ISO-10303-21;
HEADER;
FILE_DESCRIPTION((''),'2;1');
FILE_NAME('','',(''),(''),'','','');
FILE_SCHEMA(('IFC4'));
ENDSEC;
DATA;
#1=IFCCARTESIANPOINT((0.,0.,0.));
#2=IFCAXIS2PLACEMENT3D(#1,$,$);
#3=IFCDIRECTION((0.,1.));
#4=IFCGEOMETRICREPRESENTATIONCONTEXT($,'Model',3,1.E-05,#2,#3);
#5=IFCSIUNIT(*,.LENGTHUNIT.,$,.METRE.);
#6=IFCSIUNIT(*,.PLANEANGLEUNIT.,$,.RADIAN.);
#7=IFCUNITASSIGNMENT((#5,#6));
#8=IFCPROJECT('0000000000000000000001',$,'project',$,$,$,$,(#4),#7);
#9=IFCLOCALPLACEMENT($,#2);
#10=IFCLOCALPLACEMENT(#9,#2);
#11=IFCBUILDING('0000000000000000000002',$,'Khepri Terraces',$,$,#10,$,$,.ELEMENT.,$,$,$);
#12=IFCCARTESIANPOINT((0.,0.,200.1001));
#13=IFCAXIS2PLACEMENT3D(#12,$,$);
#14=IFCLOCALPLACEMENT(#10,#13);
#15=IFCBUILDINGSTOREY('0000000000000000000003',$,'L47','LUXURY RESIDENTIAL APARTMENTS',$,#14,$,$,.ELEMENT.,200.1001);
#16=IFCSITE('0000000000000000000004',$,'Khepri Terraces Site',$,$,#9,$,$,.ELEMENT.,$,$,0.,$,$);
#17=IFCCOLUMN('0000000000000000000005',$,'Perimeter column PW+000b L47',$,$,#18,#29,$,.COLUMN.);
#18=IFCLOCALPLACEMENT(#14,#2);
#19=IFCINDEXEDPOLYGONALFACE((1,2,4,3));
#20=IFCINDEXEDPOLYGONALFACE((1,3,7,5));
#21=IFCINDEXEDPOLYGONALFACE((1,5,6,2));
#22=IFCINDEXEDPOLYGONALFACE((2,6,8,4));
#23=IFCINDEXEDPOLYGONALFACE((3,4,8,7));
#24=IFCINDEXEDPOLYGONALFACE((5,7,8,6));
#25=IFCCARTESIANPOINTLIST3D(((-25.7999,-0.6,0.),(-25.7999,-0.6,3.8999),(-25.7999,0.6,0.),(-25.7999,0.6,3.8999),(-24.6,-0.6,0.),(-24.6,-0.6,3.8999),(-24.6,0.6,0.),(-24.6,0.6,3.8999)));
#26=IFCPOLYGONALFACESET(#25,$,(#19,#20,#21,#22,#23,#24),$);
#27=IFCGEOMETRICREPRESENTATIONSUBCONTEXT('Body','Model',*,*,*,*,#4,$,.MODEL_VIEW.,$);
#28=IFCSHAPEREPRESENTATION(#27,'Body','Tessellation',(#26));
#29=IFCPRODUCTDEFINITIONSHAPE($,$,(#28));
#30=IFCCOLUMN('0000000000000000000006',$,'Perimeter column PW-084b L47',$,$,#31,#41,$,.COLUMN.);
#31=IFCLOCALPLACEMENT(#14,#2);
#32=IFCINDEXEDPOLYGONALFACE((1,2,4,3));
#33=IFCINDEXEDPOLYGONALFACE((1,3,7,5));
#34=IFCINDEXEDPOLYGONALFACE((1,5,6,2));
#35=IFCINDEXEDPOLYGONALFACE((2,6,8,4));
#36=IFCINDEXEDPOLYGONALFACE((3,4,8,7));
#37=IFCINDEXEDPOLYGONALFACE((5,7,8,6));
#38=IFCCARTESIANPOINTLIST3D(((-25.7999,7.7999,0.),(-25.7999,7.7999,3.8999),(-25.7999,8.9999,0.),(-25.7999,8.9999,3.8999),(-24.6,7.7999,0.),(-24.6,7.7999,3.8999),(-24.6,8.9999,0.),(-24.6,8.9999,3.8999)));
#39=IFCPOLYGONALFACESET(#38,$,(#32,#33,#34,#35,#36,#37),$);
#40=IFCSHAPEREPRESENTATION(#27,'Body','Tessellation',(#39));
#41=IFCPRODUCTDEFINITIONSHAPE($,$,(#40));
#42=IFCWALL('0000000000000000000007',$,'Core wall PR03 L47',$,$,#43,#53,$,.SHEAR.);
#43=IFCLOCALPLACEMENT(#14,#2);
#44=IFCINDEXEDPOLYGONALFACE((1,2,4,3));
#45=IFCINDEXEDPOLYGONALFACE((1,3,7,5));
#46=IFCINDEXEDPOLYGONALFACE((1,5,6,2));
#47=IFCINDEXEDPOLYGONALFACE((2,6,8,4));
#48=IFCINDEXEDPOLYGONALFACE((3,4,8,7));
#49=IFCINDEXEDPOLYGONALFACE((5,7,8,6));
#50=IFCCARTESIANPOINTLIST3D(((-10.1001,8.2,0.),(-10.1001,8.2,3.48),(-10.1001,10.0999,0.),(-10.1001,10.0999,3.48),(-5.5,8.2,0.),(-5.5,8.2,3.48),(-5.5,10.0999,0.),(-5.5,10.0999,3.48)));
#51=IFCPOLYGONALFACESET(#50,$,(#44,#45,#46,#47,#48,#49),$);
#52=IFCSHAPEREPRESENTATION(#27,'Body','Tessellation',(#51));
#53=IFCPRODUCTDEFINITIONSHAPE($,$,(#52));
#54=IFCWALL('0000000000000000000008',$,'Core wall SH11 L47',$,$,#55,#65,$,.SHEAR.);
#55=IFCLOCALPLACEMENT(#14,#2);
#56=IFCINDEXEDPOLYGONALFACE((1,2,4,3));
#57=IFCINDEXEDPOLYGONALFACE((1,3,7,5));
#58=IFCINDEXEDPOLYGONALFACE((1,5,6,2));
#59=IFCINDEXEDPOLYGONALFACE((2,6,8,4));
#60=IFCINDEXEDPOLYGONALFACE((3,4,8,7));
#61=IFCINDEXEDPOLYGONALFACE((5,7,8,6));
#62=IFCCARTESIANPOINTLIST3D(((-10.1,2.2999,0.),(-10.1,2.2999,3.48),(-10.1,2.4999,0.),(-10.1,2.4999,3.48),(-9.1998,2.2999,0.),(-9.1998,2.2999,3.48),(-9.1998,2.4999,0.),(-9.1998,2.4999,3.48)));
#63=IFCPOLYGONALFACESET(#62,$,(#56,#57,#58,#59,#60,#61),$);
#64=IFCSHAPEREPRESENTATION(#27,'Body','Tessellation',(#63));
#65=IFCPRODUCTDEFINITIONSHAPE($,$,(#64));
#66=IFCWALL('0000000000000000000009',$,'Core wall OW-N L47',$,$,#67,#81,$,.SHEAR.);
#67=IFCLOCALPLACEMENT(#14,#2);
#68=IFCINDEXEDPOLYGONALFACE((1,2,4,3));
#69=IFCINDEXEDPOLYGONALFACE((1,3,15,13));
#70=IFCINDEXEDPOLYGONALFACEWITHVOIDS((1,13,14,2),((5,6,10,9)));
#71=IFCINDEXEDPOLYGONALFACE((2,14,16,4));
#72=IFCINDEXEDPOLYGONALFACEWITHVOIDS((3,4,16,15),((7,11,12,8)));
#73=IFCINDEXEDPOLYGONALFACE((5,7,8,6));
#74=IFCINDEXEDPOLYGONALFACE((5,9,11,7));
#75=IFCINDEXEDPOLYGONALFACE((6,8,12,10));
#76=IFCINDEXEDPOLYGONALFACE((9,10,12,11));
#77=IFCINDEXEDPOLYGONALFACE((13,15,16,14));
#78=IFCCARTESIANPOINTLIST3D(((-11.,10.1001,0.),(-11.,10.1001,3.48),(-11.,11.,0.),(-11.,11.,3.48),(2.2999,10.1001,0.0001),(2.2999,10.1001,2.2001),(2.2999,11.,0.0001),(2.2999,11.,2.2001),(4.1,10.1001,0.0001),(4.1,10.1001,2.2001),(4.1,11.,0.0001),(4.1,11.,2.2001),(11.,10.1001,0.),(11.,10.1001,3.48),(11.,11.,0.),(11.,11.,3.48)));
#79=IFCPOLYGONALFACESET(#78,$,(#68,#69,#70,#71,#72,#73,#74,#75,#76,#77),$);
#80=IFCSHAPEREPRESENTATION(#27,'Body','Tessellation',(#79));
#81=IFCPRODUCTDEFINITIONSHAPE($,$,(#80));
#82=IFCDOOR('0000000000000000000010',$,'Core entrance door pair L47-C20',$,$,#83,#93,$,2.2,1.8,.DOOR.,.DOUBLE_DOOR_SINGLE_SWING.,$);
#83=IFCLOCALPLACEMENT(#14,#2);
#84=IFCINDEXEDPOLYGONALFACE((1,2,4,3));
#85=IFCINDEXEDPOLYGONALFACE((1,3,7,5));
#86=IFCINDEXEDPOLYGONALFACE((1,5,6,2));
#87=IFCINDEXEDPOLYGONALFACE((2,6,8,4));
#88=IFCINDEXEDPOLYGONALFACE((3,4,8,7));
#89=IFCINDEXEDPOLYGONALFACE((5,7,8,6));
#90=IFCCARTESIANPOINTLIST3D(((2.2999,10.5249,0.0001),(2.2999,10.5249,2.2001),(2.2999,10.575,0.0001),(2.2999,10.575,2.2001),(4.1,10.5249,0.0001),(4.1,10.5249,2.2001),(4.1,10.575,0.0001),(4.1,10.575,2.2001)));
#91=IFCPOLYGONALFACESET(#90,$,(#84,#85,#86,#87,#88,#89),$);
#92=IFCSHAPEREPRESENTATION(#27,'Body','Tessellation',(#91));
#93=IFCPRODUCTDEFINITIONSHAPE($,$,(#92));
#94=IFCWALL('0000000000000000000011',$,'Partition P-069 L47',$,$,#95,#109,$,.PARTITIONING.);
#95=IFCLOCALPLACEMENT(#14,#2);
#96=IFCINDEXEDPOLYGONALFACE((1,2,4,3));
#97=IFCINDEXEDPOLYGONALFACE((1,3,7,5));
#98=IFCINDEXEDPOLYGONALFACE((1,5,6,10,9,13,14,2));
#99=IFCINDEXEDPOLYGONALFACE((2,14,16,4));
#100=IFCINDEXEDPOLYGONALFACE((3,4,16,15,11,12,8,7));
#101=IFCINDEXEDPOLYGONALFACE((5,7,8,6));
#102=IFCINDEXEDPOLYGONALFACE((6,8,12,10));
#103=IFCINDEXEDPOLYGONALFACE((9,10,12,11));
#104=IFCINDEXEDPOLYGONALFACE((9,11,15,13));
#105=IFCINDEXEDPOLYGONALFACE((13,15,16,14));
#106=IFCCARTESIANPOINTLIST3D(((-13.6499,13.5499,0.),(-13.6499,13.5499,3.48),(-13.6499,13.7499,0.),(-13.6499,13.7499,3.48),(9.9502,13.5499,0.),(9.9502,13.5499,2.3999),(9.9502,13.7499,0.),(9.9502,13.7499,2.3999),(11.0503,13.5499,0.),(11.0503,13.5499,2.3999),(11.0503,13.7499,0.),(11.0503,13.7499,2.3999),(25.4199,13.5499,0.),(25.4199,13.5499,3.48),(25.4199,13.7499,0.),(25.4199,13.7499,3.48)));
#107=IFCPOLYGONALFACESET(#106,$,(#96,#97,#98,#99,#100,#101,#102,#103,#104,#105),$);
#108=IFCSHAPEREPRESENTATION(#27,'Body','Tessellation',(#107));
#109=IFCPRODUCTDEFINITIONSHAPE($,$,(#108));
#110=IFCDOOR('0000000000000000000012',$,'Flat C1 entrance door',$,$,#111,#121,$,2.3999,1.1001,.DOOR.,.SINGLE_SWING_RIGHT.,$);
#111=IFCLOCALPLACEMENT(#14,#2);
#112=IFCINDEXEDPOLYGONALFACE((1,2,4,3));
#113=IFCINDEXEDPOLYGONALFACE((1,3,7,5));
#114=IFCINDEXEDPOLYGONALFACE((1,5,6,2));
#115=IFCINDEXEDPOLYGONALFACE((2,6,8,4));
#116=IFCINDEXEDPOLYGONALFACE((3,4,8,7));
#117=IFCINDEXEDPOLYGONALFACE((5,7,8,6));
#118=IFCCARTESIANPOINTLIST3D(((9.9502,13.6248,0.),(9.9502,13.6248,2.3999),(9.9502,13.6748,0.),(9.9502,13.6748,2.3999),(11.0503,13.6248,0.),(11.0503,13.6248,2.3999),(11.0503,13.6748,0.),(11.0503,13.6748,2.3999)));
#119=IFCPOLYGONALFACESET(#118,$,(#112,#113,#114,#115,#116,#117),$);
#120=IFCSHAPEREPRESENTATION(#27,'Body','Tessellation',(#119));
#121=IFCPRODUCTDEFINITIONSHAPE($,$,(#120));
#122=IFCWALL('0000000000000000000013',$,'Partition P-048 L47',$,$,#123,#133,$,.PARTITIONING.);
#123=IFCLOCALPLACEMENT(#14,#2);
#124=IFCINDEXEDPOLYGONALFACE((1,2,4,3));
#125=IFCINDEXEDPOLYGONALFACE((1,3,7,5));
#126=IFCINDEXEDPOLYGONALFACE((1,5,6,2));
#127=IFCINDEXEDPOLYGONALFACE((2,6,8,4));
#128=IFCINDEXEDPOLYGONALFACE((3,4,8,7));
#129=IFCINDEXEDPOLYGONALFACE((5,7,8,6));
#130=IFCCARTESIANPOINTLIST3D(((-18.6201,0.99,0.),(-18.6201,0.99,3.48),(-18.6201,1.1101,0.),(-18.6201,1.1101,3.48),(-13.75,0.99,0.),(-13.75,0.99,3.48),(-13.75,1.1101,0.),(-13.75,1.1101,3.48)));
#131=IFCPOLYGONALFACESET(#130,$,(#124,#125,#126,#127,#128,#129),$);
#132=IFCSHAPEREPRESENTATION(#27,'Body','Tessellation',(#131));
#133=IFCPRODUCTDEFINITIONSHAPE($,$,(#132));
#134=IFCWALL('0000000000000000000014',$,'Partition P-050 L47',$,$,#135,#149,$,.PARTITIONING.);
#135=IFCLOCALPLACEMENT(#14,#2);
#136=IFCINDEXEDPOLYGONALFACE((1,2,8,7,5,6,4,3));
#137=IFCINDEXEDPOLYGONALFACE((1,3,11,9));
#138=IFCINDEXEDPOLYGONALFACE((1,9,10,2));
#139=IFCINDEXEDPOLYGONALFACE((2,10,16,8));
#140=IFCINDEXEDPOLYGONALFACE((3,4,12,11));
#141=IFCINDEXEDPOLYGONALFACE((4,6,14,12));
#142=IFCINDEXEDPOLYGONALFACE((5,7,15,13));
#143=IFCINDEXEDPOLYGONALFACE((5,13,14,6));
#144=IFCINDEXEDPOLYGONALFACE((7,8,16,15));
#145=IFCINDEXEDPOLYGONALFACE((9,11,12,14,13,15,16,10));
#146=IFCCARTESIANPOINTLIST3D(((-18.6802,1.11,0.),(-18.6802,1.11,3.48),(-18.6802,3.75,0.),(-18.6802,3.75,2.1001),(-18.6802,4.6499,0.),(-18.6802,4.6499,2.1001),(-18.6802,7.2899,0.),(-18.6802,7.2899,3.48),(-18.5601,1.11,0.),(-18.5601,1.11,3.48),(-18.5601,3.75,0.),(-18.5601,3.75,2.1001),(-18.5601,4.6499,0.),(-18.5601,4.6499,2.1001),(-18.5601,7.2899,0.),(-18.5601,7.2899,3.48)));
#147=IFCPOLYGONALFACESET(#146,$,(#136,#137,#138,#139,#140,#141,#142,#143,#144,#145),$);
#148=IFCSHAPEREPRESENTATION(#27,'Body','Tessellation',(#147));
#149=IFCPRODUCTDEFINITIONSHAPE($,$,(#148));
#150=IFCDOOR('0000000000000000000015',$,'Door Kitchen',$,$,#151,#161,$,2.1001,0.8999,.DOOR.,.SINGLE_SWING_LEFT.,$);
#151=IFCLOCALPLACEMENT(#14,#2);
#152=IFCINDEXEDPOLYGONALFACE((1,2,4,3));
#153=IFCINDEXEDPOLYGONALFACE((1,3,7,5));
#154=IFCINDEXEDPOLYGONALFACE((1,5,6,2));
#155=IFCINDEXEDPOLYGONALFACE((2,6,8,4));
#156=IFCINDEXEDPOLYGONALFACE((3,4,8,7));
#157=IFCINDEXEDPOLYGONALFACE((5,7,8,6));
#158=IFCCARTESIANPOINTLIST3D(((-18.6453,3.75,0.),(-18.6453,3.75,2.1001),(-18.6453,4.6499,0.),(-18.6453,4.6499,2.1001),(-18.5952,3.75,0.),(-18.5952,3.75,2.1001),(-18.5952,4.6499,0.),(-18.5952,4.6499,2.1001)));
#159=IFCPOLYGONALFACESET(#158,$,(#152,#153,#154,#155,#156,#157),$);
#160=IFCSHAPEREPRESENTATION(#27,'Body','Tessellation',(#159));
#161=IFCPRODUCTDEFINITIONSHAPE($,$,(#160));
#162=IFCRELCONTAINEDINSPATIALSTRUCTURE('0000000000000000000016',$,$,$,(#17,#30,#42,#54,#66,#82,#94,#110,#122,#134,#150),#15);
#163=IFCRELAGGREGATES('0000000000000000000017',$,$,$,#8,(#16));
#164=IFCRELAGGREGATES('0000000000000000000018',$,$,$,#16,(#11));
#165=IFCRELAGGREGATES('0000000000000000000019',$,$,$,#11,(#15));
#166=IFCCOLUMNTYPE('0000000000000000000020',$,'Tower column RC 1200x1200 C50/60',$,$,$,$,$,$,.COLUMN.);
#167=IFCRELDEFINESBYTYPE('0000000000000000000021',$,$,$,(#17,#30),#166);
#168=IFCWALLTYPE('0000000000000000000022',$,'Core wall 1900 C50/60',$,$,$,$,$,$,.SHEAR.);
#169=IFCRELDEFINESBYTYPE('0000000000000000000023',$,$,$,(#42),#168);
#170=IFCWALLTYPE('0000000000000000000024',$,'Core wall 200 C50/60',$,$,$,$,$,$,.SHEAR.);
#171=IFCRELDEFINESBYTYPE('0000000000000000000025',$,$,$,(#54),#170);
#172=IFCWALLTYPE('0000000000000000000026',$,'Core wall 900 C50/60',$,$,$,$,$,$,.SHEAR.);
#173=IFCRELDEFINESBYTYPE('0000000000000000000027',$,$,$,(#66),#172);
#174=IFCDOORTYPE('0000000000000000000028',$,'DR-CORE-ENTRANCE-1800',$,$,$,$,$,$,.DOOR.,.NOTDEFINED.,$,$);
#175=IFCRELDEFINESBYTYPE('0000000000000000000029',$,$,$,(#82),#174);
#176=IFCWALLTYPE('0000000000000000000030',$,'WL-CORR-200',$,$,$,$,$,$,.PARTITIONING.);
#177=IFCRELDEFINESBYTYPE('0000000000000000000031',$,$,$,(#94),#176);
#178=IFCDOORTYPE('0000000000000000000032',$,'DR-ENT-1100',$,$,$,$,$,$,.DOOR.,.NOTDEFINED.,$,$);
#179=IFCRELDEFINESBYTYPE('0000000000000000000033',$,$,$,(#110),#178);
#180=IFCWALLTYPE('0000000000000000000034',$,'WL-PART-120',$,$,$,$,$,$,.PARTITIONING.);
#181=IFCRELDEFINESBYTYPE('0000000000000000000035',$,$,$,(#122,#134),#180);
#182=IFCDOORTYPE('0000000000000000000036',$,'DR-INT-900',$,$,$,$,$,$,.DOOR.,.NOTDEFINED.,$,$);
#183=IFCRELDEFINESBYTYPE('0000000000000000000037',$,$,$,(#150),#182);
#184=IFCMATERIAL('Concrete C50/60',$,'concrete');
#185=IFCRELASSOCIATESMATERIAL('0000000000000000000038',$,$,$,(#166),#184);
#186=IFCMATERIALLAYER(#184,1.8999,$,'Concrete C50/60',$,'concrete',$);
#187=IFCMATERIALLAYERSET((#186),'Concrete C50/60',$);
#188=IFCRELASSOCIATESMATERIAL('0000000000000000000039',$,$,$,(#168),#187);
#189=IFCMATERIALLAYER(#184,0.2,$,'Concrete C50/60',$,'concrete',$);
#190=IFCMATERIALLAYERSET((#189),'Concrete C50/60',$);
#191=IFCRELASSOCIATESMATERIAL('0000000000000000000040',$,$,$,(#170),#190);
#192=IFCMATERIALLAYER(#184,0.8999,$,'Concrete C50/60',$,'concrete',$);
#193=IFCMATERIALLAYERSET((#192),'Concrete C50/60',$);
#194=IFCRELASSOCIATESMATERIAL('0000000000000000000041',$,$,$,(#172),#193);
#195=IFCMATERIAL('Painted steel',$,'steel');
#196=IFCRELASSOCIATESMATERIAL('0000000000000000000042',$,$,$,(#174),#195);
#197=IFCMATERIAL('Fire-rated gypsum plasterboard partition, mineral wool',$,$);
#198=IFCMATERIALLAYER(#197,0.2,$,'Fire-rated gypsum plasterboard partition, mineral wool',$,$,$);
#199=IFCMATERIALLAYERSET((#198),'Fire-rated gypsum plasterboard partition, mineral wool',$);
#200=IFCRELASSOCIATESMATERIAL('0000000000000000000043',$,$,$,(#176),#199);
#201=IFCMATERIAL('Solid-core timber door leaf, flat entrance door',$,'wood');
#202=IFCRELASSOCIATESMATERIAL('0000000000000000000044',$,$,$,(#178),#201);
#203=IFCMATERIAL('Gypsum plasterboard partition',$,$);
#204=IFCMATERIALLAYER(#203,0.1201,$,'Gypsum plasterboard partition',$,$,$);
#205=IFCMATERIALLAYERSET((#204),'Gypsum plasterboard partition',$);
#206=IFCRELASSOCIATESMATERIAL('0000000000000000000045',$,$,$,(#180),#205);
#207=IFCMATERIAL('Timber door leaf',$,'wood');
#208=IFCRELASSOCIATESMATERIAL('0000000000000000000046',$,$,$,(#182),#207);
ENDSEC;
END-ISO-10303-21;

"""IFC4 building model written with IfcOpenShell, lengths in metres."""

from ifc_helpers import new_model, si_unit, direction, frame, frame_2d, origin, origin_2d, place, context, subcontext, project, spatial, rectangle, extrude, material, layer, layer_set, material_profile, profile_set, type_object, element, fill, save


model = new_model("IFC4")

# Units and contexts
model_context = context("Model", 3, precision=1e-05, world=origin(), true_north=direction((0.0, 1.0)))
body_context = subcontext(model_context, "Body", "Model", "MODEL_VIEW")
ifc_project = project(units=[si_unit("LENGTHUNIT", "METRE"), si_unit("PLANEANGLEUNIT", "RADIAN")], contexts=[model_context])

# Site, building, storey
site_placement = place(None, origin())
site = spatial("IfcSite", under=ifc_project, at=site_placement, Name="Khepri Terraces Site", CompositionType="ELEMENT", RefElevation=0.0)
building_placement = place(site_placement, origin())
building = spatial("IfcBuilding", under=site, at=building_placement, Name="Khepri Terraces", CompositionType="ELEMENT")
storey_placement = place(building_placement, frame((0.0, 0.0, 200.1001)))
storey = spatial("IfcBuildingStorey", under=building, at=storey_placement, Name="L47", Description="LUXURY RESIDENTIAL APARTMENTS", CompositionType="ELEMENT", Elevation=200.1001)

# Columns
ifc_material_1 = material(Name="Concrete C50/60", Category="concrete")
ifc_material_profile = material_profile(ifc_material_1, rectangle(XDim=1.2, YDim=1.2, at=origin_2d()), Name="Concrete C50/60", Category="concrete")
ifc_profile_set = profile_set([ifc_material_profile], Name="Concrete C50/60")
column_type = type_object("IfcColumnType", Name="Tower column RC 1200x1200 C50/60", PredefinedType="COLUMN", material=ifc_profile_set)
for number, where, z_axis, x_axis, name in (
    (1, (-25.2, 0.0, 0.0), (0.0, 0.0, 1.0), (1.0, 0.0, 0.0), "Perimeter column PW+000b L47"),
    (2, (-25.2, 8.3999, 0.0), (0.0, 0.0, 1.0), (1.0, 0.0, 0.0), "Perimeter column PW-084b L47"),
):
    element("IfcColumn", number, at=place(storey_placement, frame(where, z_axis=z_axis, x_axis=x_axis)), inside=storey, type_object=column_type, Name=name, PredefinedType="COLUMN", context=body_context, shape_type="SweptSolid", body=[
        extrude(rectangle(XDim=1.2, YDim=1.2, at=origin_2d()), origin(), (0.0, 0.0, 1.0), 3.8999),
    ])

# Walls
ifc_layer_1 = layer(ifc_material_1, 1.8999, Name="Concrete C50/60", Category="concrete")
ifc_layer_set_1 = layer_set([ifc_layer_1], Name="Concrete C50/60")
wall_type_1 = type_object("IfcWallType", Name="Core wall 1900 C50/60", PredefinedType="SHEAR", material=ifc_layer_set_1)
wall_1_placement = place(storey_placement, frame((-10.1001, 9.1499, 0.0), z_axis=(0.0, 0.0, 1.0), x_axis=(1.0, 0.0, 0.0)))
element("IfcWall", 3, at=wall_1_placement, inside=storey, type_object=wall_type_1, Name="Core wall PR03 L47", PredefinedType="SHEAR", context=body_context, shape_type="SweptSolid", body=[
    extrude(rectangle(XDim=4.6001, YDim=1.8999, at=frame_2d((2.3, 0.0))), origin(), (0.0, 0.0, 1.0), 3.48),
])
ifc_layer_2 = layer(ifc_material_1, 0.2, Name="Concrete C50/60", Category="concrete")
ifc_layer_set_2 = layer_set([ifc_layer_2], Name="Concrete C50/60")
wall_type_2 = type_object("IfcWallType", Name="Core wall 200 C50/60", PredefinedType="SHEAR", material=ifc_layer_set_2)
wall_2_placement = place(storey_placement, frame((-10.1001, 2.3999, 0.0), z_axis=(0.0, 0.0, 1.0), x_axis=(1.0, 0.0, 0.0)))
element("IfcWall", 4, at=wall_2_placement, inside=storey, type_object=wall_type_2, Name="Core wall SH11 L47", PredefinedType="SHEAR", context=body_context, shape_type="SweptSolid", body=[
    extrude(rectangle(XDim=0.9001, YDim=0.2, at=frame_2d((0.4502, 0.0))), origin(), (0.0, 0.0, 1.0), 3.48),
])

# Walls, openings, doors
ifc_layer_3 = layer(ifc_material_1, 0.8999, Name="Concrete C50/60", Category="concrete")
ifc_layer_set_3 = layer_set([ifc_layer_3], Name="Concrete C50/60")
wall_type_3 = type_object("IfcWallType", Name="Core wall 900 C50/60", PredefinedType="SHEAR", material=ifc_layer_set_3)
wall_3_placement = place(storey_placement, frame((-11.0, 10.55, 0.0), z_axis=(0.0, 0.0, 1.0), x_axis=(1.0, 0.0, 0.0)))
wall_3 = element("IfcWall", 5, at=wall_3_placement, inside=storey, type_object=wall_type_3, Name="Core wall OW-N L47", PredefinedType="SHEAR", context=body_context, shape_type="SweptSolid", body=[
    extrude(rectangle(XDim=22.0, YDim=0.8999, at=frame_2d((11.0, 0.0))), origin(), (0.0, 0.0, 1.0), 3.48),
])
opening_1_placement = place(wall_3_placement, frame((13.3, 0.0, 0.0)))
opening_1 = element("IfcOpeningElement", 6, at=opening_1_placement, cuts=wall_3, PredefinedType="OPENING", context=body_context, shape_type="SweptSolid", body=[
    extrude(rectangle(XDim=1.8, YDim=2.2, at=frame_2d((0.8999, 1.1001))), frame((0.0, 0.46, 0.0), z_axis=(0.0, -1.0, 0.0), x_axis=(1.0, 0.0, 0.0)), (0.0, 0.0, 1.0), 0.9199),
])
ifc_material_2 = material(Name="Painted steel", Category="steel")
door_type_1 = type_object("IfcDoorType", Name="DR-CORE-ENTRANCE-1800", OperationType="NOTDEFINED", PredefinedType="DOOR", material=ifc_material_2)
door_1_placement = place(opening_1_placement, origin())
door_1 = element("IfcDoor", 7, at=door_1_placement, inside=storey, type_object=door_type_1, Name="Core entrance door pair L47-C20", OperationType="DOUBLE_DOOR_SINGLE_SWING", OverallHeight=2.2, OverallWidth=1.8, PredefinedType="DOOR", context=body_context, shape_type="SweptSolid", body=[
    extrude(rectangle(XDim=1.8, YDim=2.2, at=frame_2d((0.8999, 1.1001))), frame((0.0, 0.0249, 0.0), z_axis=(0.0, -1.0, 0.0), x_axis=(1.0, 0.0, 0.0)), (0.0, 0.0, 1.0), 0.05),
])
fill(opening_1, door_1)
ifc_material_3 = material(Name="Fire-rated gypsum plasterboard partition, mineral wool")
ifc_layer_4 = layer(ifc_material_3, 0.2, Name="Fire-rated gypsum plasterboard partition, mineral wool")
ifc_layer_set_4 = layer_set([ifc_layer_4], Name="Fire-rated gypsum plasterboard partition, mineral wool")
wall_type_4 = type_object("IfcWallType", Name="WL-CORR-200", PredefinedType="PARTITIONING", material=ifc_layer_set_4)
wall_4_placement = place(storey_placement, frame((-13.6499, 13.6499, 0.0), z_axis=(0.0, 0.0, 1.0), x_axis=(1.0, 0.0, 0.0)))
wall_4 = element("IfcWall", 8, at=wall_4_placement, inside=storey, type_object=wall_type_4, Name="Partition P-069 L47", PredefinedType="PARTITIONING", context=body_context, shape_type="SweptSolid", body=[
    extrude(rectangle(XDim=39.0698, YDim=0.2, at=frame_2d((19.5349, 0.0))), origin(), (0.0, 0.0, 1.0), 3.48),
])
opening_2_placement = place(wall_4_placement, frame((23.6001, 0.0, 0.0)))
opening_2 = element("IfcOpeningElement", 9, at=opening_2_placement, cuts=wall_4, PredefinedType="OPENING", context=body_context, shape_type="SweptSolid", body=[
    extrude(rectangle(XDim=1.1001, YDim=2.3999, at=frame_2d((0.55, 1.2))), frame((0.0, 0.1099, 0.0), z_axis=(0.0, -1.0, 0.0), x_axis=(1.0, 0.0, 0.0)), (0.0, 0.0, 1.0), 0.22),
])
ifc_material_4 = material(Name="Solid-core timber door leaf, flat entrance door", Category="wood")
door_type_2 = type_object("IfcDoorType", Name="DR-ENT-1100", OperationType="NOTDEFINED", PredefinedType="DOOR", material=ifc_material_4)
door_2_placement = place(opening_2_placement, origin())
door_2 = element("IfcDoor", 10, at=door_2_placement, inside=storey, type_object=door_type_2, Name="Flat C1 entrance door", OperationType="SINGLE_SWING_RIGHT", OverallHeight=2.3999, OverallWidth=1.1001, PredefinedType="DOOR", context=body_context, shape_type="SweptSolid", body=[
    extrude(rectangle(XDim=1.1001, YDim=2.3999, at=frame_2d((0.55, 1.2))), frame((0.0, 0.0249, 0.0), z_axis=(0.0, -1.0, 0.0), x_axis=(1.0, 0.0, 0.0)), (0.0, 0.0, 1.0), 0.05),
])
fill(opening_2, door_2)

# Wall
ifc_material_5 = material(Name="Gypsum plasterboard partition")
ifc_layer_5 = layer(ifc_material_5, 0.1201, Name="Gypsum plasterboard partition")
ifc_layer_set_5 = layer_set([ifc_layer_5], Name="Gypsum plasterboard partition")
wall_type_5 = type_object("IfcWallType", Name="WL-PART-120", PredefinedType="PARTITIONING", material=ifc_layer_set_5)
wall_5_placement = place(storey_placement, frame((-18.6201, 1.05, 0.0), z_axis=(0.0, 0.0, 1.0), x_axis=(1.0, 0.0, 0.0)))
element("IfcWall", 11, at=wall_5_placement, inside=storey, type_object=wall_type_5, Name="Partition P-048 L47", PredefinedType="PARTITIONING", context=body_context, shape_type="SweptSolid", body=[
    extrude(rectangle(XDim=4.8701, YDim=0.1201, at=frame_2d((2.4351, 0.0))), origin(), (0.0, 0.0, 1.0), 3.48),
])

# Wall, opening, door
wall_6_placement = place(storey_placement, frame((-18.6201, 1.1101, 0.0), z_axis=(0.0, 0.0, 1.0), x_axis=(0.0, 1.0, 0.0)))
wall_6 = element("IfcWall", 12, at=wall_6_placement, inside=storey, type_object=wall_type_5, Name="Partition P-050 L47", PredefinedType="PARTITIONING", context=body_context, shape_type="SweptSolid", body=[
    extrude(rectangle(XDim=6.1799, YDim=0.1201, at=frame_2d((3.0898, 0.0))), origin(), (0.0, 0.0, 1.0), 3.48),
])
opening_3_placement = place(wall_6_placement, frame((2.6399, 0.0, 0.0)))
opening_3 = element("IfcOpeningElement", 13, at=opening_3_placement, cuts=wall_6, PredefinedType="OPENING", context=body_context, shape_type="SweptSolid", body=[
    extrude(rectangle(XDim=0.8999, YDim=2.1001, at=frame_2d((0.45, 1.05))), frame((0.0, 0.0701, 0.0), z_axis=(0.0, -1.0, 0.0), x_axis=(1.0, 0.0, 0.0)), (0.0, 0.0, 1.0), 0.1401),
])
ifc_material_6 = material(Name="Timber door leaf", Category="wood")
door_type_3 = type_object("IfcDoorType", Name="DR-INT-900", OperationType="NOTDEFINED", PredefinedType="DOOR", material=ifc_material_6)
door_3_placement = place(opening_3_placement, frame((0.8999, 0.0, 0.0), z_axis=(0.0, 0.0, 1.0), x_axis=(-1.0, 0.0, 0.0)))
door_3 = element("IfcDoor", 14, at=door_3_placement, inside=storey, type_object=door_type_3, Name="Door Kitchen", OperationType="SINGLE_SWING_LEFT", OverallHeight=2.1001, OverallWidth=0.8999, PredefinedType="DOOR", context=body_context, shape_type="SweptSolid", body=[
    extrude(rectangle(XDim=0.8999, YDim=2.1001, at=frame_2d((0.45, 1.05))), frame((0.0, 0.0249, 0.0), z_axis=(0.0, -1.0, 0.0), x_axis=(1.0, 0.0, 0.0)), (0.0, 0.0, 1.0), 0.05),
])
fill(opening_3, door_3)

save(model, "model.ifc")
